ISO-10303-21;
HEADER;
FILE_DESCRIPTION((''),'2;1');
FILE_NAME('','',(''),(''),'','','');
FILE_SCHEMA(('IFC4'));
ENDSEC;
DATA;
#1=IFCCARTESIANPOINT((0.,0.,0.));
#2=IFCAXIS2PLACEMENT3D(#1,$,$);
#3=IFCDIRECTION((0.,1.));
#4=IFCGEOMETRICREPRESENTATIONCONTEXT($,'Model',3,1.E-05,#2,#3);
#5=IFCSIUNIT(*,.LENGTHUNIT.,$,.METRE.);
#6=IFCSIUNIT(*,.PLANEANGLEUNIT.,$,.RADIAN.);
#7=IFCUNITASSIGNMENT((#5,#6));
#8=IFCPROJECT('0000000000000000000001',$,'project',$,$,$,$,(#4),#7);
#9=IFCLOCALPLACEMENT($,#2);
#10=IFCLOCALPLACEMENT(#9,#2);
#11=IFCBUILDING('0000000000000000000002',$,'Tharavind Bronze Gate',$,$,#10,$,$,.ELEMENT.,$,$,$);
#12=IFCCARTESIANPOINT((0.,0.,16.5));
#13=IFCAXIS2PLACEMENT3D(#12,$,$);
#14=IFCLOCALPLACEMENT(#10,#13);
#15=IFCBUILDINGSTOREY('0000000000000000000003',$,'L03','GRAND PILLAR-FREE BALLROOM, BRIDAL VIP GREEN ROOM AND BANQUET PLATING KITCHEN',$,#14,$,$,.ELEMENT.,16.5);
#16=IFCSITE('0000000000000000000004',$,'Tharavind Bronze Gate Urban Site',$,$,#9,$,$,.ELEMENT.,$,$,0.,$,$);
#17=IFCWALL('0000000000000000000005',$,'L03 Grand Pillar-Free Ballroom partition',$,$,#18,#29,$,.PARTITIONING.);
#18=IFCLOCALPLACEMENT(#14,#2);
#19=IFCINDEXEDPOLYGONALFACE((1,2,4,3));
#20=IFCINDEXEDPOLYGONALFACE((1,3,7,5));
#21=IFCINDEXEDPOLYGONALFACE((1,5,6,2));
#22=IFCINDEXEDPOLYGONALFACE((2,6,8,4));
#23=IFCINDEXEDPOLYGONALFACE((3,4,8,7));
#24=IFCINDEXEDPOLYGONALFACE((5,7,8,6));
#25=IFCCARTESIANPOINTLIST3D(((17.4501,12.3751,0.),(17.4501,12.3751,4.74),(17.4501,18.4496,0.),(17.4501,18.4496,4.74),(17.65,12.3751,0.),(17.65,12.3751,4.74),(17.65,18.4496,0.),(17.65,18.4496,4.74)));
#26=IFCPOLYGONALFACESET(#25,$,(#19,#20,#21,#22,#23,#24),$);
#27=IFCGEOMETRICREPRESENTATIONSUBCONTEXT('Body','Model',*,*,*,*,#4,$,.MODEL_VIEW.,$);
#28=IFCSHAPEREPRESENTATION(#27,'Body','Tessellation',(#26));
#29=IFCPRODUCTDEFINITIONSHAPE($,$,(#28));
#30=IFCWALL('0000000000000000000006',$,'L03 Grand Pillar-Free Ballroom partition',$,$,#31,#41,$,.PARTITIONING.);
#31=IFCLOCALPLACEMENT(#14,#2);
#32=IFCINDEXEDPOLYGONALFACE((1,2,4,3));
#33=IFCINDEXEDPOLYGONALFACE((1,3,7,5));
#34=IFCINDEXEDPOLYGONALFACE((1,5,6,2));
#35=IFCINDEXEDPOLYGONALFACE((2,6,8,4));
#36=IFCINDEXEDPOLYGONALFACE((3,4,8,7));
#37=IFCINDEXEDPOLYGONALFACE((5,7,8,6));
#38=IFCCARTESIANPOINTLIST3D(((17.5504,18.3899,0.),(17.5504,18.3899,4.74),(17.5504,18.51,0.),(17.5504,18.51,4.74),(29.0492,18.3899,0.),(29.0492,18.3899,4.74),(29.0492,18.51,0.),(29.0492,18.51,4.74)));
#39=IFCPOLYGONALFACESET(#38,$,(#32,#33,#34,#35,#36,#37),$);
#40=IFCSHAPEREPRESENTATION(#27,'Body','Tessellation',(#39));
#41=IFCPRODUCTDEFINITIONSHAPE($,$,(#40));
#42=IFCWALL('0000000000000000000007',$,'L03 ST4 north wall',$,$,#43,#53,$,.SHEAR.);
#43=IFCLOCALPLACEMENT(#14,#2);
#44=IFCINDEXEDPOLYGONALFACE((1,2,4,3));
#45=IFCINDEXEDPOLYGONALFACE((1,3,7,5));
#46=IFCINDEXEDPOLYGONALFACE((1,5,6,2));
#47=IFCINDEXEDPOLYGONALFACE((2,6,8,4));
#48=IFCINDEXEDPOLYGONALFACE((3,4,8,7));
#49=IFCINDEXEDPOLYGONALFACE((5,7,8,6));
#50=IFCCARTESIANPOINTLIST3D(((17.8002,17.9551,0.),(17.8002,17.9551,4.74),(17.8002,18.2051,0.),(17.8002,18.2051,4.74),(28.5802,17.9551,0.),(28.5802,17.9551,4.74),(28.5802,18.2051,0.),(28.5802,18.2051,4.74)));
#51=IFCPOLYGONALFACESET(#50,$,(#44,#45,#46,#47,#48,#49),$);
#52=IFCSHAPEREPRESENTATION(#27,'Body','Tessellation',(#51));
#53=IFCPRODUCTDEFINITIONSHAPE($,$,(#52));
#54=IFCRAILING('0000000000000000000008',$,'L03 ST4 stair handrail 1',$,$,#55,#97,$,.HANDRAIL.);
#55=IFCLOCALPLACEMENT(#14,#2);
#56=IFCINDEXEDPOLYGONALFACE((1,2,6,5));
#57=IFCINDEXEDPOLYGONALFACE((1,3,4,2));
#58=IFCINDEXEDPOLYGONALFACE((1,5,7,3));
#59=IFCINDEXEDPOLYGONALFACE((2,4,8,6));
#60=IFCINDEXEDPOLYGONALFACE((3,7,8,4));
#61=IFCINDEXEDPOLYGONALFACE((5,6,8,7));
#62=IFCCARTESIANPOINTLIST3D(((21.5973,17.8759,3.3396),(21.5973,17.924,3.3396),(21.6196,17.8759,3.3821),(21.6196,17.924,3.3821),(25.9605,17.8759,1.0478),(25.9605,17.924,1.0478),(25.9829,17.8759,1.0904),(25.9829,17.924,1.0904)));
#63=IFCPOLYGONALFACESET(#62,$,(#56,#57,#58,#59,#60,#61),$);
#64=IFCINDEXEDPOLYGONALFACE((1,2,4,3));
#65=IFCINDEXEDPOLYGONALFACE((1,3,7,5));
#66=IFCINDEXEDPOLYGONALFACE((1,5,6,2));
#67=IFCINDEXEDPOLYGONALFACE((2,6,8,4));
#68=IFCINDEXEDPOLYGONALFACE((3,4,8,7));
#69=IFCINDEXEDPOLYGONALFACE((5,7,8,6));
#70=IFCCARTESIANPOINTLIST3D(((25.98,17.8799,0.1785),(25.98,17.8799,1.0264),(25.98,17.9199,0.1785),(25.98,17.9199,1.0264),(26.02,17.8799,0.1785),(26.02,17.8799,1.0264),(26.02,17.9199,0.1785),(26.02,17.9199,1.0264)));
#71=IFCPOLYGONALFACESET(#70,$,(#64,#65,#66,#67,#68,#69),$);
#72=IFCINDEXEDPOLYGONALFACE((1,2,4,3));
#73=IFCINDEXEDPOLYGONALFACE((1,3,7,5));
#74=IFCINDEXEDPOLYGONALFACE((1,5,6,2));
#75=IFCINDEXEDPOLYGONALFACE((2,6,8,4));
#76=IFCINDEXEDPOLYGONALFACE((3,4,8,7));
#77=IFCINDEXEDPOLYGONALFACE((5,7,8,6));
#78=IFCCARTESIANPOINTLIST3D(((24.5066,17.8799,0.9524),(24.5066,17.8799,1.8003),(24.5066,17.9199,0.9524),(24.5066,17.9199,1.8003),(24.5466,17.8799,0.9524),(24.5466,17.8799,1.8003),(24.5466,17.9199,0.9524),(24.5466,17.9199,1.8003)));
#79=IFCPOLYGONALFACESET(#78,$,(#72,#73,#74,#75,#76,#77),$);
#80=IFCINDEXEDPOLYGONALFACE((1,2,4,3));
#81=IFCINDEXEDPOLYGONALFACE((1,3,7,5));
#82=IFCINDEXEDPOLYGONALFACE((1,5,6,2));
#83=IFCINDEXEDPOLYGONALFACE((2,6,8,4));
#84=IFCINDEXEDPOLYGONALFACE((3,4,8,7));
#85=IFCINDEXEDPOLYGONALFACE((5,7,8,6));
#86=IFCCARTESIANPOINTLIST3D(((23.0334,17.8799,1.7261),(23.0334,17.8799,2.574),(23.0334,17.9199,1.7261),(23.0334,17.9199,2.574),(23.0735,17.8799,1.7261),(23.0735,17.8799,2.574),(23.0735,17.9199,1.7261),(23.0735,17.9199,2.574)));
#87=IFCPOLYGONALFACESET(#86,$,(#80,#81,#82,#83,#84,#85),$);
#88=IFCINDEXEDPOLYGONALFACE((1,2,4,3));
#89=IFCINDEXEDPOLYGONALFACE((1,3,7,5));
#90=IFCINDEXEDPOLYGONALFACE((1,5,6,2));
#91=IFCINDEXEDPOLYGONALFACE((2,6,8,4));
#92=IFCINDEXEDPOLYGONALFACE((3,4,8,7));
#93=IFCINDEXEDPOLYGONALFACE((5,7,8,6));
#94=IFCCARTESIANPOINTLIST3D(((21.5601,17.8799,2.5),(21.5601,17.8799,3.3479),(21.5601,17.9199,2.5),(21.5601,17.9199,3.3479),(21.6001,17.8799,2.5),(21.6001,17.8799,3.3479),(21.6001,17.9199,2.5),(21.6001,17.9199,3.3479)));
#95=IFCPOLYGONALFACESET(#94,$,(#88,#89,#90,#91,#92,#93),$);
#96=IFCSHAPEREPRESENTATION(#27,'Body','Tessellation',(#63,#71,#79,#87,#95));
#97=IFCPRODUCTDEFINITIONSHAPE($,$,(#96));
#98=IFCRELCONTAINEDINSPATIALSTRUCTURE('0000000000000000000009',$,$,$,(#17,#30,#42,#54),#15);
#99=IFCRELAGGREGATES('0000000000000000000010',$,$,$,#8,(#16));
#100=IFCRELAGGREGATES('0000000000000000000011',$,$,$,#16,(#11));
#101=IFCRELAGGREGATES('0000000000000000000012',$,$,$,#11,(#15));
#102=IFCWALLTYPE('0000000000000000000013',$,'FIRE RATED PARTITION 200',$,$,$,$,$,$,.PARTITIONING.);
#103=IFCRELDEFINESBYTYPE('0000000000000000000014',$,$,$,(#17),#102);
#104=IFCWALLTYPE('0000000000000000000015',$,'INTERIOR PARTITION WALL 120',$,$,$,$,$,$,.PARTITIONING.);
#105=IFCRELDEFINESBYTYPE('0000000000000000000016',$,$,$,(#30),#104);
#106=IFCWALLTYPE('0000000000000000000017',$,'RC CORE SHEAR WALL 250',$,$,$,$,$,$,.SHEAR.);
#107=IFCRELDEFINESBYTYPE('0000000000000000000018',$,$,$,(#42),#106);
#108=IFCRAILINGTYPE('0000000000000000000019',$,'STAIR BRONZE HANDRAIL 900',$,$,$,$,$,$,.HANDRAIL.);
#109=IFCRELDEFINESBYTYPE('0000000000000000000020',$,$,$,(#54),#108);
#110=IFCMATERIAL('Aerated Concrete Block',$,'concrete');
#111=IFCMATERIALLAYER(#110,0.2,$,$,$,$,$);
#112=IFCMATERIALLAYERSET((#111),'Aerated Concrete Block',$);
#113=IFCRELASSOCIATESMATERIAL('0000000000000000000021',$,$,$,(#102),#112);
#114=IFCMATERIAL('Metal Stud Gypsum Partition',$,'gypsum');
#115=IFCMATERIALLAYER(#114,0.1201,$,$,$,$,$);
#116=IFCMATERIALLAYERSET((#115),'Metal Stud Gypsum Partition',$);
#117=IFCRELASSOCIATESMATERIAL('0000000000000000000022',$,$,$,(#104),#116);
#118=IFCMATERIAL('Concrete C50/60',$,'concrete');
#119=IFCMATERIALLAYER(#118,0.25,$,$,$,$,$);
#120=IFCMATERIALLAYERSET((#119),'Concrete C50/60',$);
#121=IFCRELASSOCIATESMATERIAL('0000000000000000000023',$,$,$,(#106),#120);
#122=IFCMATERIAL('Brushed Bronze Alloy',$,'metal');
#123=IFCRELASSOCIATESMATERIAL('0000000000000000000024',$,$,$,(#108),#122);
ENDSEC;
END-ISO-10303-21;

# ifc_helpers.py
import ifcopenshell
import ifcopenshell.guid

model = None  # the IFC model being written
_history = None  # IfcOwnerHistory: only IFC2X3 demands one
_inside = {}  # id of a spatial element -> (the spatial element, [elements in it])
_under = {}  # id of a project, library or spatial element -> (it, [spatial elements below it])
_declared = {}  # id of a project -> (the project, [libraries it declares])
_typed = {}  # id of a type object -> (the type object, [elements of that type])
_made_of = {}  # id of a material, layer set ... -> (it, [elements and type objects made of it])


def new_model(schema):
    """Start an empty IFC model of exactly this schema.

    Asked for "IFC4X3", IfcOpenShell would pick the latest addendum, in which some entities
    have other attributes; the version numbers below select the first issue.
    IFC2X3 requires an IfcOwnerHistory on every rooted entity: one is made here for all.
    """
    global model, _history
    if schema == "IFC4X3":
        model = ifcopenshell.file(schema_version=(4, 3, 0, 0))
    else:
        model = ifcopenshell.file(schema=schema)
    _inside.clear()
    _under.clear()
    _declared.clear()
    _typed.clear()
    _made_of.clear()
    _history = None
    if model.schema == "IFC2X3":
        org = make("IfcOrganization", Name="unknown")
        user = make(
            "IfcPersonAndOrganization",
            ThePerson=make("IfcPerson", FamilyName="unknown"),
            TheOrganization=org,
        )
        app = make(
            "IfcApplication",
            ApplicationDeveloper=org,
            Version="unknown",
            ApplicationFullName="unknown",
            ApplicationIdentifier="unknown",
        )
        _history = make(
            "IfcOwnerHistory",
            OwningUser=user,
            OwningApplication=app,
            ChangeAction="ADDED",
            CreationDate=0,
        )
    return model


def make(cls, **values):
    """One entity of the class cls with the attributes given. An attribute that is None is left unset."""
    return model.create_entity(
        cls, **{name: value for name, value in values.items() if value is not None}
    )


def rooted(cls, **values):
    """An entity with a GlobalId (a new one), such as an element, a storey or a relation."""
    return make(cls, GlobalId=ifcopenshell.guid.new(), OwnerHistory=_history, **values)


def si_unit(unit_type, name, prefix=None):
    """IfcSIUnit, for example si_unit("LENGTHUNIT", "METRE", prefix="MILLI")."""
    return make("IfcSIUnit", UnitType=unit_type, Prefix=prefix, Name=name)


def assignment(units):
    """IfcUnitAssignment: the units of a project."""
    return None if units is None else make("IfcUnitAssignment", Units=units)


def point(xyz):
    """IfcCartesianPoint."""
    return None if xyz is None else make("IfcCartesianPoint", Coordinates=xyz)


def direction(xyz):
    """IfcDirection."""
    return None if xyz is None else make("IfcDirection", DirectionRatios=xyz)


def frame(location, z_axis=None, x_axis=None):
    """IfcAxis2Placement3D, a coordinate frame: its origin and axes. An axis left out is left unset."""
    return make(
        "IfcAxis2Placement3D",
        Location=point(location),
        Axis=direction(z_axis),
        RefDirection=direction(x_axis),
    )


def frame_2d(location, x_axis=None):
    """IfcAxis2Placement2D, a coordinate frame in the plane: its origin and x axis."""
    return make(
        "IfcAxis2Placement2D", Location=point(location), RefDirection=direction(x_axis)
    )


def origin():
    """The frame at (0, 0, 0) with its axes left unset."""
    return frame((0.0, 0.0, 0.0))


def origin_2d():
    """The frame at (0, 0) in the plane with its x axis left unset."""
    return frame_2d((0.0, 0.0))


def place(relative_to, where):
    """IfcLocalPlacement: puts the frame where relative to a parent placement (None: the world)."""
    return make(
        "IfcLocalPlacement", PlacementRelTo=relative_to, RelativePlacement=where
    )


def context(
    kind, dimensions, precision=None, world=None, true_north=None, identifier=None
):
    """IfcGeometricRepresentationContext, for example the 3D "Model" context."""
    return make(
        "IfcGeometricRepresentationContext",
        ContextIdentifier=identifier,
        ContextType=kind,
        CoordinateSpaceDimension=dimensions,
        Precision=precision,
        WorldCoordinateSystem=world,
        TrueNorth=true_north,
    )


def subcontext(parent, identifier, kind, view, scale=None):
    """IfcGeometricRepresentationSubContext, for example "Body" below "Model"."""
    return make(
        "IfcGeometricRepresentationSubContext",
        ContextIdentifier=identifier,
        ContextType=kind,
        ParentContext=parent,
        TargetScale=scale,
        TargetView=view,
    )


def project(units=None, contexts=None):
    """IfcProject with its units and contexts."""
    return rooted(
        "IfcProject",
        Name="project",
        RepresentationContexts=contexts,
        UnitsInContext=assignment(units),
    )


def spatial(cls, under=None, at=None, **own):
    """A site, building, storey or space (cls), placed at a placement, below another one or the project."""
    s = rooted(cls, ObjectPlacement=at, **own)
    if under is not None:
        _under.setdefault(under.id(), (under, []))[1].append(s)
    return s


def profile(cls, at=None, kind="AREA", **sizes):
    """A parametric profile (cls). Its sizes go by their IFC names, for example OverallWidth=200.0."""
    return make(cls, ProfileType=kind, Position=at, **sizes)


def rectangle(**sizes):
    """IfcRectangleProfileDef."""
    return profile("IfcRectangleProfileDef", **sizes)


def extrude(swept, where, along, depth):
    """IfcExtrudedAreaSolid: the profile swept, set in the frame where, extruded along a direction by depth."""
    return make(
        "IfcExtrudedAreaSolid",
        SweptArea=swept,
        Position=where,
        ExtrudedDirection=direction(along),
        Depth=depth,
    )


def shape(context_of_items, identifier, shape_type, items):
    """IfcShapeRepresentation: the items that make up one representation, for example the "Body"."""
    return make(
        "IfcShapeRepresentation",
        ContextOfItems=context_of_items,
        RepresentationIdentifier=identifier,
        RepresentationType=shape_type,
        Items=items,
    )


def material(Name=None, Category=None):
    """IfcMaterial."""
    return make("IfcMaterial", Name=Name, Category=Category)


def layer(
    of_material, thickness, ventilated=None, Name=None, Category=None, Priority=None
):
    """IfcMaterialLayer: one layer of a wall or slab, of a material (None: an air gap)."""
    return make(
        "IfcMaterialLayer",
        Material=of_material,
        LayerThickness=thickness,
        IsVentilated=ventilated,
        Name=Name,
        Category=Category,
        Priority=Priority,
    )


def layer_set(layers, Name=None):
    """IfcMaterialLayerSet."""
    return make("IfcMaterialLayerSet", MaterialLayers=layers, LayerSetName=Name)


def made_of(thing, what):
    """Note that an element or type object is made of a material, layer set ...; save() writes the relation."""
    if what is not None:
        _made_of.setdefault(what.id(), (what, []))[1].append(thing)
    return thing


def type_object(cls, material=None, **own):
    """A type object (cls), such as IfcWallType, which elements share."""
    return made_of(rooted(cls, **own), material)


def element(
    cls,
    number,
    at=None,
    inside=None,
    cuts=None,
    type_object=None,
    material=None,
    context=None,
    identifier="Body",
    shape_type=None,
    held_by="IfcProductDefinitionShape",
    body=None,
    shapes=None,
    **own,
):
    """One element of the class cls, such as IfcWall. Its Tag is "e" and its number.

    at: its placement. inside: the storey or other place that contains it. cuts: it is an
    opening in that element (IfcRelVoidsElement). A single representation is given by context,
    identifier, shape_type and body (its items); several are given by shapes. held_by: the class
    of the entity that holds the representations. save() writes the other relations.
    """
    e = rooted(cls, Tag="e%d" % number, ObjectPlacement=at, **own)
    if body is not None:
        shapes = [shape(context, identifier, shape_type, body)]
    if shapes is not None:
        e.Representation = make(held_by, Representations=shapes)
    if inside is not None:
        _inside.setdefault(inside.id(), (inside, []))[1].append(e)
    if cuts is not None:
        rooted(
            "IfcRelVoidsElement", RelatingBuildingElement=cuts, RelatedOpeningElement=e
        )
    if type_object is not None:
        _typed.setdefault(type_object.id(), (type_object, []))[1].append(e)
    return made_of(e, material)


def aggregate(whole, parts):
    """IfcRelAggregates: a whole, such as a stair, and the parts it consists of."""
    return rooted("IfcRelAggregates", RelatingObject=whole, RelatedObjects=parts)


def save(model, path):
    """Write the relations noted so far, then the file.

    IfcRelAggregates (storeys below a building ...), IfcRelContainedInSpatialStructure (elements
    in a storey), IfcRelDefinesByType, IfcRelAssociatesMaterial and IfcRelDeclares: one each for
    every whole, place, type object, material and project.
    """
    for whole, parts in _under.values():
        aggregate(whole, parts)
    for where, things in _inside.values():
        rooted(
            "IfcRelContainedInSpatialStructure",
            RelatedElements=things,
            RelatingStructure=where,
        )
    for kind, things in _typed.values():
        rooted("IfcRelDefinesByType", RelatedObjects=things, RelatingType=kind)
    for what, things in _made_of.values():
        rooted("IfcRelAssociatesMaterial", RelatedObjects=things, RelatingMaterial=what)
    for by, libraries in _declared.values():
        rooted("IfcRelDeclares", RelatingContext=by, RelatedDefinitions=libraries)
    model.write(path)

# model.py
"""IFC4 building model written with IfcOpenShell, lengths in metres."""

from ifc_helpers import new_model, si_unit, direction, frame, frame_2d, origin, origin_2d, place, context, subcontext, project, spatial, rectangle, extrude, material, layer, layer_set, type_object, element, save


model = new_model("IFC4")

# Units and contexts
model_context = context("Model", 3, precision=1e-05, world=origin(), true_north=direction((0.0, 1.0)))
body_context = subcontext(model_context, "Body", "Model", "MODEL_VIEW")
ifc_project = project(units=[si_unit("LENGTHUNIT", "METRE"), si_unit("PLANEANGLEUNIT", "RADIAN")], contexts=[model_context])

# Site, building, storey
site_placement = place(None, origin())
site = spatial("IfcSite", under=ifc_project, at=site_placement, Name="Tharavind Bronze Gate Urban Site", CompositionType="ELEMENT", RefElevation=0.0)
building_placement = place(site_placement, origin())
building = spatial("IfcBuilding", under=site, at=building_placement, Name="Tharavind Bronze Gate", CompositionType="ELEMENT")
storey_placement = place(building_placement, frame((0.0, 0.0, 16.5)))
storey = spatial("IfcBuildingStorey", under=building, at=storey_placement, Name="L03", Description="GRAND PILLAR-FREE BALLROOM, BRIDAL VIP GREEN ROOM AND BANQUET PLATING KITCHEN", CompositionType="ELEMENT", Elevation=16.5)

# Walls
ifc_material_1 = material(Name="Aerated Concrete Block", Category="concrete")
ifc_layer_1 = layer(ifc_material_1, 0.2)
ifc_layer_set_1 = layer_set([ifc_layer_1], Name="Aerated Concrete Block")
wall_type_1 = type_object("IfcWallType", Name="FIRE RATED PARTITION 200", PredefinedType="PARTITIONING", material=ifc_layer_set_1)
wall_1_placement = place(storey_placement, frame((17.55, 18.4495, 0.0), z_axis=(0.0, 0.0, 1.0), x_axis=(0.0, -1.0, 0.0)))
element("IfcWall", 1, at=wall_1_placement, inside=storey, type_object=wall_type_1, Name="L03 Grand Pillar-Free Ballroom partition", PredefinedType="PARTITIONING", context=body_context, shape_type="SweptSolid", body=[
    extrude(rectangle(XDim=6.0745, YDim=0.2, at=frame_2d((3.0371, 0.0))), origin(), (0.0, 0.0, 1.0), 4.74),
])
ifc_material_2 = material(Name="Metal Stud Gypsum Partition", Category="gypsum")
ifc_layer_2 = layer(ifc_material_2, 0.1201)
ifc_layer_set_2 = layer_set([ifc_layer_2], Name="Metal Stud Gypsum Partition")
wall_type_2 = type_object("IfcWallType", Name="INTERIOR PARTITION WALL 120", PredefinedType="PARTITIONING", material=ifc_layer_set_2)
wall_2_placement = place(storey_placement, frame((29.0493, 18.45, 0.0), z_axis=(0.0, 0.0, 1.0), x_axis=(-1.0, 0.0, 0.0)))
element("IfcWall", 2, at=wall_2_placement, inside=storey, type_object=wall_type_2, Name="L03 Grand Pillar-Free Ballroom partition", PredefinedType="PARTITIONING", context=body_context, shape_type="SweptSolid", body=[
    extrude(rectangle(XDim=11.4988, YDim=0.1201, at=frame_2d((5.7495, 0.0))), origin(), (0.0, 0.0, 1.0), 4.74),
])
ifc_material_3 = material(Name="Concrete C50/60", Category="concrete")
ifc_layer_3 = layer(ifc_material_3, 0.25)
ifc_layer_set_3 = layer_set([ifc_layer_3], Name="Concrete C50/60")
wall_type_3 = type_object("IfcWallType", Name="RC CORE SHEAR WALL 250", PredefinedType="SHEAR", material=ifc_layer_set_3)
wall_3_placement = place(storey_placement, frame((17.8, 18.0801, 0.0), z_axis=(0.0, 0.0, 1.0), x_axis=(1.0, 0.0, 0.0)))
element("IfcWall", 3, at=wall_3_placement, inside=storey, type_object=wall_type_3, Name="L03 ST4 north wall", PredefinedType="SHEAR", context=body_context, shape_type="SweptSolid", body=[
    extrude(rectangle(XDim=10.78, YDim=0.25, at=frame_2d((5.3901, 0.0))), origin(), (0.0, 0.0, 1.0), 4.74),
])

# Railing
ifc_material_4 = material(Name="Brushed Bronze Alloy", Category="metal")
railing_type = type_object("IfcRailingType", Name="STAIR BRONZE HANDRAIL 900", PredefinedType="HANDRAIL", material=ifc_material_4)
railing_placement = place(storey_placement, frame((26.0, 17.8999, 0.1785)))
element("IfcRailing", 4, at=railing_placement, inside=storey, type_object=railing_type, Name="L03 ST4 stair handrail 1", PredefinedType="HANDRAIL", context=body_context, shape_type="SweptSolid", body=[
    extrude(rectangle(XDim=0.0481, YDim=0.0481, at=origin_2d()), frame((-0.0283, 0.0, 0.8906), z_axis=(-0.885309, 0.0, 0.465003), x_axis=(0.0, -1.0, 0.0)), (0.0, 0.0, 1.0), 4.9285),
    extrude(rectangle(XDim=0.04, YDim=0.04, at=origin_2d()), origin(), (0.0, 0.0, 1.0), 0.8479),
    extrude(rectangle(XDim=0.04, YDim=0.04, at=origin_2d()), frame((-1.4734, 0.0, 0.7739)), (0.0, 0.0, 1.0), 0.8479),
    extrude(rectangle(XDim=0.04, YDim=0.04, at=origin_2d()), frame((-2.9465, 0.0, 1.5476)), (0.0, 0.0, 1.0), 0.8479),
    extrude(rectangle(XDim=0.04, YDim=0.04, at=origin_2d()), frame((-4.4199, 0.0, 2.3215)), (0.0, 0.0, 1.0), 0.8479),
])

save(model, "model.ifc")
